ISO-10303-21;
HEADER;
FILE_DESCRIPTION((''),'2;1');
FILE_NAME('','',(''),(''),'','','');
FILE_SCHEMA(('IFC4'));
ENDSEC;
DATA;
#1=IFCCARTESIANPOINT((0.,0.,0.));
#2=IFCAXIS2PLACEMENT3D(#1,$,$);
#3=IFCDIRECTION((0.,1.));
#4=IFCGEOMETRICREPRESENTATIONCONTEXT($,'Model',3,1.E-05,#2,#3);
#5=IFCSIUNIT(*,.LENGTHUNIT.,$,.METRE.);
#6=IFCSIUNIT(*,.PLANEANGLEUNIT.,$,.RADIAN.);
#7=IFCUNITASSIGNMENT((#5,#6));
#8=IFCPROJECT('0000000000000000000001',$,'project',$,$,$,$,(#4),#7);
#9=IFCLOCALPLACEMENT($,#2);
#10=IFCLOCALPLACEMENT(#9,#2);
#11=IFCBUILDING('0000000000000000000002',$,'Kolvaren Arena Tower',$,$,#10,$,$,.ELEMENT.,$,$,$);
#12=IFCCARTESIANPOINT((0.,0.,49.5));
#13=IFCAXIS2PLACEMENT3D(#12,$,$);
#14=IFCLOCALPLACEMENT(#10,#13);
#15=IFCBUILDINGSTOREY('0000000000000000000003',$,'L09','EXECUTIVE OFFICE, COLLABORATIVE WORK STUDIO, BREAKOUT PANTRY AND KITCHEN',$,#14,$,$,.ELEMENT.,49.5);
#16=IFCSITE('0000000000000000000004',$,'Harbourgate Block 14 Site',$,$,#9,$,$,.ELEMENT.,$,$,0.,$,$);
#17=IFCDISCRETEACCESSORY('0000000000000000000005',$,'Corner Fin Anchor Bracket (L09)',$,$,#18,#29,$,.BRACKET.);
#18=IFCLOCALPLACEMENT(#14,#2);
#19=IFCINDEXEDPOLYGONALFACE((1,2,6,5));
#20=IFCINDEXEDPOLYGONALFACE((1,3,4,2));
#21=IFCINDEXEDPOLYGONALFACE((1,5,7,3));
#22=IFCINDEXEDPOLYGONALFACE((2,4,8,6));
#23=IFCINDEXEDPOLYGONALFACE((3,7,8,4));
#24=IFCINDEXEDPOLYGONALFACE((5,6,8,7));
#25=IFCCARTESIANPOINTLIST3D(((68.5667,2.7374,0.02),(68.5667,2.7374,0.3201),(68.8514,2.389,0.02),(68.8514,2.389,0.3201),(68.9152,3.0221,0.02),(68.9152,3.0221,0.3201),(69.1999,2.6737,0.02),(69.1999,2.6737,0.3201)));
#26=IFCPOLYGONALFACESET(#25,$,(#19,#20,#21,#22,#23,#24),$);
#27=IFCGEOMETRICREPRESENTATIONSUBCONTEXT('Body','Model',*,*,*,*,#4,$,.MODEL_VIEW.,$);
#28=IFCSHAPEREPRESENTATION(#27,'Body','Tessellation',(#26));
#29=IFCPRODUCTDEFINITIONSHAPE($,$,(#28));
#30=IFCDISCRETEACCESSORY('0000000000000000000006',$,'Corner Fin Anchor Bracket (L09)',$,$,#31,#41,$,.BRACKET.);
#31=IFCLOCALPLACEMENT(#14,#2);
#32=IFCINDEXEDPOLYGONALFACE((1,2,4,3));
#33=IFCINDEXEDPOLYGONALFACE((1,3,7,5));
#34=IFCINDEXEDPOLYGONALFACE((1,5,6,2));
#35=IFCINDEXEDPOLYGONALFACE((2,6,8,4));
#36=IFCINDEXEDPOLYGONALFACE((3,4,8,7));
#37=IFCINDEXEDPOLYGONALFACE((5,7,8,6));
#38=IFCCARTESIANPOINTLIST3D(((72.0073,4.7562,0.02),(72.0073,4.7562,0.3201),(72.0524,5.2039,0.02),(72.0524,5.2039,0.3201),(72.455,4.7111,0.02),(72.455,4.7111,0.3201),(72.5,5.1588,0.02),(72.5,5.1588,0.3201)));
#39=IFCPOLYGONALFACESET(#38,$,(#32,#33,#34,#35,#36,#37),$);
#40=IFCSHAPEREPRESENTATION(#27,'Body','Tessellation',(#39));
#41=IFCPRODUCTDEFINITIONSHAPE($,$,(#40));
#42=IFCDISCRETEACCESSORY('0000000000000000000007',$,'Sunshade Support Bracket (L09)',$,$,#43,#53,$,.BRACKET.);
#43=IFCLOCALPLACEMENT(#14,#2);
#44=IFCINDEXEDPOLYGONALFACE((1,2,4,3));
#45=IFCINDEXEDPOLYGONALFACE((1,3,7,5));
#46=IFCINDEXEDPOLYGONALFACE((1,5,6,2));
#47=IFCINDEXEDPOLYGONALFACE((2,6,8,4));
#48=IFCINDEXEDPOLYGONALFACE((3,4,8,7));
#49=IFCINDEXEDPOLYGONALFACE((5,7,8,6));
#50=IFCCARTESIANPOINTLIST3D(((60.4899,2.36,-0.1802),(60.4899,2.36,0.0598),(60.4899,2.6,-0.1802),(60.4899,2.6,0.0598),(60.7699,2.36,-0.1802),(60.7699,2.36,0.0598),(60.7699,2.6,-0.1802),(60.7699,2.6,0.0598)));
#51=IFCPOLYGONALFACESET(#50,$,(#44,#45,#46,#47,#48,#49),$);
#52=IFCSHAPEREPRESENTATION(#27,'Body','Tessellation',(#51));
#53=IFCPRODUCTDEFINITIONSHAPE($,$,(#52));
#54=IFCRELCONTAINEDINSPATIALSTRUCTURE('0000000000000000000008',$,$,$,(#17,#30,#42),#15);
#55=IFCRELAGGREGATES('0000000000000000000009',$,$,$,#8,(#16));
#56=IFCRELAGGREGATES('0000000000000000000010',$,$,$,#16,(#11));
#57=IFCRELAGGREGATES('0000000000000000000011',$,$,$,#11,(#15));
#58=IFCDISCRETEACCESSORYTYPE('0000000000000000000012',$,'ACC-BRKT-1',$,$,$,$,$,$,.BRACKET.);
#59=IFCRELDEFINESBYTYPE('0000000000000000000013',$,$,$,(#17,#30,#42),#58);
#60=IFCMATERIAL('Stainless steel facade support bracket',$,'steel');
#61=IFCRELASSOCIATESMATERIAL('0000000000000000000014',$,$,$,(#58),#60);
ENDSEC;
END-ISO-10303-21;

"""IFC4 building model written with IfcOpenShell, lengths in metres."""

from ifc_helpers import new_model, si_unit, direction, frame, origin, origin_2d, place, context, subcontext, project, spatial, rectangle, extrude, material, type_object, element, save


model = new_model("IFC4")

# Units and contexts
model_context = context("Model", 3, precision=1e-05, world=origin(), true_north=direction((0.0, 1.0)))
body_context = subcontext(model_context, "Body", "Model", "MODEL_VIEW")
ifc_project = project(units=[si_unit("LENGTHUNIT", "METRE"), si_unit("PLANEANGLEUNIT", "RADIAN")], contexts=[model_context])

# Site, building, storey
site_placement = place(None, origin())
site = spatial("IfcSite", under=ifc_project, at=site_placement, Name="Harbourgate Block 14 Site", CompositionType="ELEMENT", RefElevation=0.0)
building_placement = place(site_placement, origin())
building = spatial("IfcBuilding", under=site, at=building_placement, Name="Kolvaren Arena Tower", CompositionType="ELEMENT")
storey_placement = place(building_placement, frame((0.0, 0.0, 49.5)))
storey = spatial("IfcBuildingStorey", under=building, at=storey_placement, Name="L09", Description="EXECUTIVE OFFICE, COLLABORATIVE WORK STUDIO, BREAKOUT PANTRY AND KITCHEN", CompositionType="ELEMENT", Elevation=49.5)

# Discrete accessories
ifc_material_1 = material(Name="Stainless steel facade support bracket", Category="steel")
discrete_accessory_type = type_object("IfcDiscreteAccessoryType", Name="ACC-BRKT-1", PredefinedType="BRACKET", material=ifc_material_1)
for number, where, z_axis, x_axis, name in (
    (1, (68.8833, 2.7056, 0.02), (0.0, 0.0, 1.0), (0.632723, -0.774378, 0.0), "Corner Fin Anchor Bracket (L09)"),
    (2, (72.2537, 4.9575, 0.02), (0.0, 0.0, 1.0), (0.994972, -0.100155, 0.0), "Corner Fin Anchor Bracket (L09)"),
):
    element("IfcDiscreteAccessory", number, at=place(storey_placement, frame(where, z_axis=z_axis, x_axis=x_axis)), inside=storey, type_object=discrete_accessory_type, Name=name, PredefinedType="BRACKET", context=body_context, shape_type="SweptSolid", body=[
        extrude(rectangle(XDim=0.45, YDim=0.45, at=origin_2d()), origin(), (0.0, 0.0, 1.0), 0.3),
    ])
discrete_accessory_placement = place(storey_placement, frame((60.6299, 2.48, -0.1802), z_axis=(0.0, 0.0, 1.0), x_axis=(-1.0, 0.0, 0.0)))
element("IfcDiscreteAccessory", 3, at=discrete_accessory_placement, inside=storey, type_object=discrete_accessory_type, Name="Sunshade Support Bracket (L09)", PredefinedType="BRACKET", context=body_context, shape_type="SweptSolid", body=[
    extrude(rectangle(XDim=0.28, YDim=0.24, at=origin_2d()), origin(), (0.0, 0.0, 1.0), 0.24),
])

save(model, "model.ifc")
